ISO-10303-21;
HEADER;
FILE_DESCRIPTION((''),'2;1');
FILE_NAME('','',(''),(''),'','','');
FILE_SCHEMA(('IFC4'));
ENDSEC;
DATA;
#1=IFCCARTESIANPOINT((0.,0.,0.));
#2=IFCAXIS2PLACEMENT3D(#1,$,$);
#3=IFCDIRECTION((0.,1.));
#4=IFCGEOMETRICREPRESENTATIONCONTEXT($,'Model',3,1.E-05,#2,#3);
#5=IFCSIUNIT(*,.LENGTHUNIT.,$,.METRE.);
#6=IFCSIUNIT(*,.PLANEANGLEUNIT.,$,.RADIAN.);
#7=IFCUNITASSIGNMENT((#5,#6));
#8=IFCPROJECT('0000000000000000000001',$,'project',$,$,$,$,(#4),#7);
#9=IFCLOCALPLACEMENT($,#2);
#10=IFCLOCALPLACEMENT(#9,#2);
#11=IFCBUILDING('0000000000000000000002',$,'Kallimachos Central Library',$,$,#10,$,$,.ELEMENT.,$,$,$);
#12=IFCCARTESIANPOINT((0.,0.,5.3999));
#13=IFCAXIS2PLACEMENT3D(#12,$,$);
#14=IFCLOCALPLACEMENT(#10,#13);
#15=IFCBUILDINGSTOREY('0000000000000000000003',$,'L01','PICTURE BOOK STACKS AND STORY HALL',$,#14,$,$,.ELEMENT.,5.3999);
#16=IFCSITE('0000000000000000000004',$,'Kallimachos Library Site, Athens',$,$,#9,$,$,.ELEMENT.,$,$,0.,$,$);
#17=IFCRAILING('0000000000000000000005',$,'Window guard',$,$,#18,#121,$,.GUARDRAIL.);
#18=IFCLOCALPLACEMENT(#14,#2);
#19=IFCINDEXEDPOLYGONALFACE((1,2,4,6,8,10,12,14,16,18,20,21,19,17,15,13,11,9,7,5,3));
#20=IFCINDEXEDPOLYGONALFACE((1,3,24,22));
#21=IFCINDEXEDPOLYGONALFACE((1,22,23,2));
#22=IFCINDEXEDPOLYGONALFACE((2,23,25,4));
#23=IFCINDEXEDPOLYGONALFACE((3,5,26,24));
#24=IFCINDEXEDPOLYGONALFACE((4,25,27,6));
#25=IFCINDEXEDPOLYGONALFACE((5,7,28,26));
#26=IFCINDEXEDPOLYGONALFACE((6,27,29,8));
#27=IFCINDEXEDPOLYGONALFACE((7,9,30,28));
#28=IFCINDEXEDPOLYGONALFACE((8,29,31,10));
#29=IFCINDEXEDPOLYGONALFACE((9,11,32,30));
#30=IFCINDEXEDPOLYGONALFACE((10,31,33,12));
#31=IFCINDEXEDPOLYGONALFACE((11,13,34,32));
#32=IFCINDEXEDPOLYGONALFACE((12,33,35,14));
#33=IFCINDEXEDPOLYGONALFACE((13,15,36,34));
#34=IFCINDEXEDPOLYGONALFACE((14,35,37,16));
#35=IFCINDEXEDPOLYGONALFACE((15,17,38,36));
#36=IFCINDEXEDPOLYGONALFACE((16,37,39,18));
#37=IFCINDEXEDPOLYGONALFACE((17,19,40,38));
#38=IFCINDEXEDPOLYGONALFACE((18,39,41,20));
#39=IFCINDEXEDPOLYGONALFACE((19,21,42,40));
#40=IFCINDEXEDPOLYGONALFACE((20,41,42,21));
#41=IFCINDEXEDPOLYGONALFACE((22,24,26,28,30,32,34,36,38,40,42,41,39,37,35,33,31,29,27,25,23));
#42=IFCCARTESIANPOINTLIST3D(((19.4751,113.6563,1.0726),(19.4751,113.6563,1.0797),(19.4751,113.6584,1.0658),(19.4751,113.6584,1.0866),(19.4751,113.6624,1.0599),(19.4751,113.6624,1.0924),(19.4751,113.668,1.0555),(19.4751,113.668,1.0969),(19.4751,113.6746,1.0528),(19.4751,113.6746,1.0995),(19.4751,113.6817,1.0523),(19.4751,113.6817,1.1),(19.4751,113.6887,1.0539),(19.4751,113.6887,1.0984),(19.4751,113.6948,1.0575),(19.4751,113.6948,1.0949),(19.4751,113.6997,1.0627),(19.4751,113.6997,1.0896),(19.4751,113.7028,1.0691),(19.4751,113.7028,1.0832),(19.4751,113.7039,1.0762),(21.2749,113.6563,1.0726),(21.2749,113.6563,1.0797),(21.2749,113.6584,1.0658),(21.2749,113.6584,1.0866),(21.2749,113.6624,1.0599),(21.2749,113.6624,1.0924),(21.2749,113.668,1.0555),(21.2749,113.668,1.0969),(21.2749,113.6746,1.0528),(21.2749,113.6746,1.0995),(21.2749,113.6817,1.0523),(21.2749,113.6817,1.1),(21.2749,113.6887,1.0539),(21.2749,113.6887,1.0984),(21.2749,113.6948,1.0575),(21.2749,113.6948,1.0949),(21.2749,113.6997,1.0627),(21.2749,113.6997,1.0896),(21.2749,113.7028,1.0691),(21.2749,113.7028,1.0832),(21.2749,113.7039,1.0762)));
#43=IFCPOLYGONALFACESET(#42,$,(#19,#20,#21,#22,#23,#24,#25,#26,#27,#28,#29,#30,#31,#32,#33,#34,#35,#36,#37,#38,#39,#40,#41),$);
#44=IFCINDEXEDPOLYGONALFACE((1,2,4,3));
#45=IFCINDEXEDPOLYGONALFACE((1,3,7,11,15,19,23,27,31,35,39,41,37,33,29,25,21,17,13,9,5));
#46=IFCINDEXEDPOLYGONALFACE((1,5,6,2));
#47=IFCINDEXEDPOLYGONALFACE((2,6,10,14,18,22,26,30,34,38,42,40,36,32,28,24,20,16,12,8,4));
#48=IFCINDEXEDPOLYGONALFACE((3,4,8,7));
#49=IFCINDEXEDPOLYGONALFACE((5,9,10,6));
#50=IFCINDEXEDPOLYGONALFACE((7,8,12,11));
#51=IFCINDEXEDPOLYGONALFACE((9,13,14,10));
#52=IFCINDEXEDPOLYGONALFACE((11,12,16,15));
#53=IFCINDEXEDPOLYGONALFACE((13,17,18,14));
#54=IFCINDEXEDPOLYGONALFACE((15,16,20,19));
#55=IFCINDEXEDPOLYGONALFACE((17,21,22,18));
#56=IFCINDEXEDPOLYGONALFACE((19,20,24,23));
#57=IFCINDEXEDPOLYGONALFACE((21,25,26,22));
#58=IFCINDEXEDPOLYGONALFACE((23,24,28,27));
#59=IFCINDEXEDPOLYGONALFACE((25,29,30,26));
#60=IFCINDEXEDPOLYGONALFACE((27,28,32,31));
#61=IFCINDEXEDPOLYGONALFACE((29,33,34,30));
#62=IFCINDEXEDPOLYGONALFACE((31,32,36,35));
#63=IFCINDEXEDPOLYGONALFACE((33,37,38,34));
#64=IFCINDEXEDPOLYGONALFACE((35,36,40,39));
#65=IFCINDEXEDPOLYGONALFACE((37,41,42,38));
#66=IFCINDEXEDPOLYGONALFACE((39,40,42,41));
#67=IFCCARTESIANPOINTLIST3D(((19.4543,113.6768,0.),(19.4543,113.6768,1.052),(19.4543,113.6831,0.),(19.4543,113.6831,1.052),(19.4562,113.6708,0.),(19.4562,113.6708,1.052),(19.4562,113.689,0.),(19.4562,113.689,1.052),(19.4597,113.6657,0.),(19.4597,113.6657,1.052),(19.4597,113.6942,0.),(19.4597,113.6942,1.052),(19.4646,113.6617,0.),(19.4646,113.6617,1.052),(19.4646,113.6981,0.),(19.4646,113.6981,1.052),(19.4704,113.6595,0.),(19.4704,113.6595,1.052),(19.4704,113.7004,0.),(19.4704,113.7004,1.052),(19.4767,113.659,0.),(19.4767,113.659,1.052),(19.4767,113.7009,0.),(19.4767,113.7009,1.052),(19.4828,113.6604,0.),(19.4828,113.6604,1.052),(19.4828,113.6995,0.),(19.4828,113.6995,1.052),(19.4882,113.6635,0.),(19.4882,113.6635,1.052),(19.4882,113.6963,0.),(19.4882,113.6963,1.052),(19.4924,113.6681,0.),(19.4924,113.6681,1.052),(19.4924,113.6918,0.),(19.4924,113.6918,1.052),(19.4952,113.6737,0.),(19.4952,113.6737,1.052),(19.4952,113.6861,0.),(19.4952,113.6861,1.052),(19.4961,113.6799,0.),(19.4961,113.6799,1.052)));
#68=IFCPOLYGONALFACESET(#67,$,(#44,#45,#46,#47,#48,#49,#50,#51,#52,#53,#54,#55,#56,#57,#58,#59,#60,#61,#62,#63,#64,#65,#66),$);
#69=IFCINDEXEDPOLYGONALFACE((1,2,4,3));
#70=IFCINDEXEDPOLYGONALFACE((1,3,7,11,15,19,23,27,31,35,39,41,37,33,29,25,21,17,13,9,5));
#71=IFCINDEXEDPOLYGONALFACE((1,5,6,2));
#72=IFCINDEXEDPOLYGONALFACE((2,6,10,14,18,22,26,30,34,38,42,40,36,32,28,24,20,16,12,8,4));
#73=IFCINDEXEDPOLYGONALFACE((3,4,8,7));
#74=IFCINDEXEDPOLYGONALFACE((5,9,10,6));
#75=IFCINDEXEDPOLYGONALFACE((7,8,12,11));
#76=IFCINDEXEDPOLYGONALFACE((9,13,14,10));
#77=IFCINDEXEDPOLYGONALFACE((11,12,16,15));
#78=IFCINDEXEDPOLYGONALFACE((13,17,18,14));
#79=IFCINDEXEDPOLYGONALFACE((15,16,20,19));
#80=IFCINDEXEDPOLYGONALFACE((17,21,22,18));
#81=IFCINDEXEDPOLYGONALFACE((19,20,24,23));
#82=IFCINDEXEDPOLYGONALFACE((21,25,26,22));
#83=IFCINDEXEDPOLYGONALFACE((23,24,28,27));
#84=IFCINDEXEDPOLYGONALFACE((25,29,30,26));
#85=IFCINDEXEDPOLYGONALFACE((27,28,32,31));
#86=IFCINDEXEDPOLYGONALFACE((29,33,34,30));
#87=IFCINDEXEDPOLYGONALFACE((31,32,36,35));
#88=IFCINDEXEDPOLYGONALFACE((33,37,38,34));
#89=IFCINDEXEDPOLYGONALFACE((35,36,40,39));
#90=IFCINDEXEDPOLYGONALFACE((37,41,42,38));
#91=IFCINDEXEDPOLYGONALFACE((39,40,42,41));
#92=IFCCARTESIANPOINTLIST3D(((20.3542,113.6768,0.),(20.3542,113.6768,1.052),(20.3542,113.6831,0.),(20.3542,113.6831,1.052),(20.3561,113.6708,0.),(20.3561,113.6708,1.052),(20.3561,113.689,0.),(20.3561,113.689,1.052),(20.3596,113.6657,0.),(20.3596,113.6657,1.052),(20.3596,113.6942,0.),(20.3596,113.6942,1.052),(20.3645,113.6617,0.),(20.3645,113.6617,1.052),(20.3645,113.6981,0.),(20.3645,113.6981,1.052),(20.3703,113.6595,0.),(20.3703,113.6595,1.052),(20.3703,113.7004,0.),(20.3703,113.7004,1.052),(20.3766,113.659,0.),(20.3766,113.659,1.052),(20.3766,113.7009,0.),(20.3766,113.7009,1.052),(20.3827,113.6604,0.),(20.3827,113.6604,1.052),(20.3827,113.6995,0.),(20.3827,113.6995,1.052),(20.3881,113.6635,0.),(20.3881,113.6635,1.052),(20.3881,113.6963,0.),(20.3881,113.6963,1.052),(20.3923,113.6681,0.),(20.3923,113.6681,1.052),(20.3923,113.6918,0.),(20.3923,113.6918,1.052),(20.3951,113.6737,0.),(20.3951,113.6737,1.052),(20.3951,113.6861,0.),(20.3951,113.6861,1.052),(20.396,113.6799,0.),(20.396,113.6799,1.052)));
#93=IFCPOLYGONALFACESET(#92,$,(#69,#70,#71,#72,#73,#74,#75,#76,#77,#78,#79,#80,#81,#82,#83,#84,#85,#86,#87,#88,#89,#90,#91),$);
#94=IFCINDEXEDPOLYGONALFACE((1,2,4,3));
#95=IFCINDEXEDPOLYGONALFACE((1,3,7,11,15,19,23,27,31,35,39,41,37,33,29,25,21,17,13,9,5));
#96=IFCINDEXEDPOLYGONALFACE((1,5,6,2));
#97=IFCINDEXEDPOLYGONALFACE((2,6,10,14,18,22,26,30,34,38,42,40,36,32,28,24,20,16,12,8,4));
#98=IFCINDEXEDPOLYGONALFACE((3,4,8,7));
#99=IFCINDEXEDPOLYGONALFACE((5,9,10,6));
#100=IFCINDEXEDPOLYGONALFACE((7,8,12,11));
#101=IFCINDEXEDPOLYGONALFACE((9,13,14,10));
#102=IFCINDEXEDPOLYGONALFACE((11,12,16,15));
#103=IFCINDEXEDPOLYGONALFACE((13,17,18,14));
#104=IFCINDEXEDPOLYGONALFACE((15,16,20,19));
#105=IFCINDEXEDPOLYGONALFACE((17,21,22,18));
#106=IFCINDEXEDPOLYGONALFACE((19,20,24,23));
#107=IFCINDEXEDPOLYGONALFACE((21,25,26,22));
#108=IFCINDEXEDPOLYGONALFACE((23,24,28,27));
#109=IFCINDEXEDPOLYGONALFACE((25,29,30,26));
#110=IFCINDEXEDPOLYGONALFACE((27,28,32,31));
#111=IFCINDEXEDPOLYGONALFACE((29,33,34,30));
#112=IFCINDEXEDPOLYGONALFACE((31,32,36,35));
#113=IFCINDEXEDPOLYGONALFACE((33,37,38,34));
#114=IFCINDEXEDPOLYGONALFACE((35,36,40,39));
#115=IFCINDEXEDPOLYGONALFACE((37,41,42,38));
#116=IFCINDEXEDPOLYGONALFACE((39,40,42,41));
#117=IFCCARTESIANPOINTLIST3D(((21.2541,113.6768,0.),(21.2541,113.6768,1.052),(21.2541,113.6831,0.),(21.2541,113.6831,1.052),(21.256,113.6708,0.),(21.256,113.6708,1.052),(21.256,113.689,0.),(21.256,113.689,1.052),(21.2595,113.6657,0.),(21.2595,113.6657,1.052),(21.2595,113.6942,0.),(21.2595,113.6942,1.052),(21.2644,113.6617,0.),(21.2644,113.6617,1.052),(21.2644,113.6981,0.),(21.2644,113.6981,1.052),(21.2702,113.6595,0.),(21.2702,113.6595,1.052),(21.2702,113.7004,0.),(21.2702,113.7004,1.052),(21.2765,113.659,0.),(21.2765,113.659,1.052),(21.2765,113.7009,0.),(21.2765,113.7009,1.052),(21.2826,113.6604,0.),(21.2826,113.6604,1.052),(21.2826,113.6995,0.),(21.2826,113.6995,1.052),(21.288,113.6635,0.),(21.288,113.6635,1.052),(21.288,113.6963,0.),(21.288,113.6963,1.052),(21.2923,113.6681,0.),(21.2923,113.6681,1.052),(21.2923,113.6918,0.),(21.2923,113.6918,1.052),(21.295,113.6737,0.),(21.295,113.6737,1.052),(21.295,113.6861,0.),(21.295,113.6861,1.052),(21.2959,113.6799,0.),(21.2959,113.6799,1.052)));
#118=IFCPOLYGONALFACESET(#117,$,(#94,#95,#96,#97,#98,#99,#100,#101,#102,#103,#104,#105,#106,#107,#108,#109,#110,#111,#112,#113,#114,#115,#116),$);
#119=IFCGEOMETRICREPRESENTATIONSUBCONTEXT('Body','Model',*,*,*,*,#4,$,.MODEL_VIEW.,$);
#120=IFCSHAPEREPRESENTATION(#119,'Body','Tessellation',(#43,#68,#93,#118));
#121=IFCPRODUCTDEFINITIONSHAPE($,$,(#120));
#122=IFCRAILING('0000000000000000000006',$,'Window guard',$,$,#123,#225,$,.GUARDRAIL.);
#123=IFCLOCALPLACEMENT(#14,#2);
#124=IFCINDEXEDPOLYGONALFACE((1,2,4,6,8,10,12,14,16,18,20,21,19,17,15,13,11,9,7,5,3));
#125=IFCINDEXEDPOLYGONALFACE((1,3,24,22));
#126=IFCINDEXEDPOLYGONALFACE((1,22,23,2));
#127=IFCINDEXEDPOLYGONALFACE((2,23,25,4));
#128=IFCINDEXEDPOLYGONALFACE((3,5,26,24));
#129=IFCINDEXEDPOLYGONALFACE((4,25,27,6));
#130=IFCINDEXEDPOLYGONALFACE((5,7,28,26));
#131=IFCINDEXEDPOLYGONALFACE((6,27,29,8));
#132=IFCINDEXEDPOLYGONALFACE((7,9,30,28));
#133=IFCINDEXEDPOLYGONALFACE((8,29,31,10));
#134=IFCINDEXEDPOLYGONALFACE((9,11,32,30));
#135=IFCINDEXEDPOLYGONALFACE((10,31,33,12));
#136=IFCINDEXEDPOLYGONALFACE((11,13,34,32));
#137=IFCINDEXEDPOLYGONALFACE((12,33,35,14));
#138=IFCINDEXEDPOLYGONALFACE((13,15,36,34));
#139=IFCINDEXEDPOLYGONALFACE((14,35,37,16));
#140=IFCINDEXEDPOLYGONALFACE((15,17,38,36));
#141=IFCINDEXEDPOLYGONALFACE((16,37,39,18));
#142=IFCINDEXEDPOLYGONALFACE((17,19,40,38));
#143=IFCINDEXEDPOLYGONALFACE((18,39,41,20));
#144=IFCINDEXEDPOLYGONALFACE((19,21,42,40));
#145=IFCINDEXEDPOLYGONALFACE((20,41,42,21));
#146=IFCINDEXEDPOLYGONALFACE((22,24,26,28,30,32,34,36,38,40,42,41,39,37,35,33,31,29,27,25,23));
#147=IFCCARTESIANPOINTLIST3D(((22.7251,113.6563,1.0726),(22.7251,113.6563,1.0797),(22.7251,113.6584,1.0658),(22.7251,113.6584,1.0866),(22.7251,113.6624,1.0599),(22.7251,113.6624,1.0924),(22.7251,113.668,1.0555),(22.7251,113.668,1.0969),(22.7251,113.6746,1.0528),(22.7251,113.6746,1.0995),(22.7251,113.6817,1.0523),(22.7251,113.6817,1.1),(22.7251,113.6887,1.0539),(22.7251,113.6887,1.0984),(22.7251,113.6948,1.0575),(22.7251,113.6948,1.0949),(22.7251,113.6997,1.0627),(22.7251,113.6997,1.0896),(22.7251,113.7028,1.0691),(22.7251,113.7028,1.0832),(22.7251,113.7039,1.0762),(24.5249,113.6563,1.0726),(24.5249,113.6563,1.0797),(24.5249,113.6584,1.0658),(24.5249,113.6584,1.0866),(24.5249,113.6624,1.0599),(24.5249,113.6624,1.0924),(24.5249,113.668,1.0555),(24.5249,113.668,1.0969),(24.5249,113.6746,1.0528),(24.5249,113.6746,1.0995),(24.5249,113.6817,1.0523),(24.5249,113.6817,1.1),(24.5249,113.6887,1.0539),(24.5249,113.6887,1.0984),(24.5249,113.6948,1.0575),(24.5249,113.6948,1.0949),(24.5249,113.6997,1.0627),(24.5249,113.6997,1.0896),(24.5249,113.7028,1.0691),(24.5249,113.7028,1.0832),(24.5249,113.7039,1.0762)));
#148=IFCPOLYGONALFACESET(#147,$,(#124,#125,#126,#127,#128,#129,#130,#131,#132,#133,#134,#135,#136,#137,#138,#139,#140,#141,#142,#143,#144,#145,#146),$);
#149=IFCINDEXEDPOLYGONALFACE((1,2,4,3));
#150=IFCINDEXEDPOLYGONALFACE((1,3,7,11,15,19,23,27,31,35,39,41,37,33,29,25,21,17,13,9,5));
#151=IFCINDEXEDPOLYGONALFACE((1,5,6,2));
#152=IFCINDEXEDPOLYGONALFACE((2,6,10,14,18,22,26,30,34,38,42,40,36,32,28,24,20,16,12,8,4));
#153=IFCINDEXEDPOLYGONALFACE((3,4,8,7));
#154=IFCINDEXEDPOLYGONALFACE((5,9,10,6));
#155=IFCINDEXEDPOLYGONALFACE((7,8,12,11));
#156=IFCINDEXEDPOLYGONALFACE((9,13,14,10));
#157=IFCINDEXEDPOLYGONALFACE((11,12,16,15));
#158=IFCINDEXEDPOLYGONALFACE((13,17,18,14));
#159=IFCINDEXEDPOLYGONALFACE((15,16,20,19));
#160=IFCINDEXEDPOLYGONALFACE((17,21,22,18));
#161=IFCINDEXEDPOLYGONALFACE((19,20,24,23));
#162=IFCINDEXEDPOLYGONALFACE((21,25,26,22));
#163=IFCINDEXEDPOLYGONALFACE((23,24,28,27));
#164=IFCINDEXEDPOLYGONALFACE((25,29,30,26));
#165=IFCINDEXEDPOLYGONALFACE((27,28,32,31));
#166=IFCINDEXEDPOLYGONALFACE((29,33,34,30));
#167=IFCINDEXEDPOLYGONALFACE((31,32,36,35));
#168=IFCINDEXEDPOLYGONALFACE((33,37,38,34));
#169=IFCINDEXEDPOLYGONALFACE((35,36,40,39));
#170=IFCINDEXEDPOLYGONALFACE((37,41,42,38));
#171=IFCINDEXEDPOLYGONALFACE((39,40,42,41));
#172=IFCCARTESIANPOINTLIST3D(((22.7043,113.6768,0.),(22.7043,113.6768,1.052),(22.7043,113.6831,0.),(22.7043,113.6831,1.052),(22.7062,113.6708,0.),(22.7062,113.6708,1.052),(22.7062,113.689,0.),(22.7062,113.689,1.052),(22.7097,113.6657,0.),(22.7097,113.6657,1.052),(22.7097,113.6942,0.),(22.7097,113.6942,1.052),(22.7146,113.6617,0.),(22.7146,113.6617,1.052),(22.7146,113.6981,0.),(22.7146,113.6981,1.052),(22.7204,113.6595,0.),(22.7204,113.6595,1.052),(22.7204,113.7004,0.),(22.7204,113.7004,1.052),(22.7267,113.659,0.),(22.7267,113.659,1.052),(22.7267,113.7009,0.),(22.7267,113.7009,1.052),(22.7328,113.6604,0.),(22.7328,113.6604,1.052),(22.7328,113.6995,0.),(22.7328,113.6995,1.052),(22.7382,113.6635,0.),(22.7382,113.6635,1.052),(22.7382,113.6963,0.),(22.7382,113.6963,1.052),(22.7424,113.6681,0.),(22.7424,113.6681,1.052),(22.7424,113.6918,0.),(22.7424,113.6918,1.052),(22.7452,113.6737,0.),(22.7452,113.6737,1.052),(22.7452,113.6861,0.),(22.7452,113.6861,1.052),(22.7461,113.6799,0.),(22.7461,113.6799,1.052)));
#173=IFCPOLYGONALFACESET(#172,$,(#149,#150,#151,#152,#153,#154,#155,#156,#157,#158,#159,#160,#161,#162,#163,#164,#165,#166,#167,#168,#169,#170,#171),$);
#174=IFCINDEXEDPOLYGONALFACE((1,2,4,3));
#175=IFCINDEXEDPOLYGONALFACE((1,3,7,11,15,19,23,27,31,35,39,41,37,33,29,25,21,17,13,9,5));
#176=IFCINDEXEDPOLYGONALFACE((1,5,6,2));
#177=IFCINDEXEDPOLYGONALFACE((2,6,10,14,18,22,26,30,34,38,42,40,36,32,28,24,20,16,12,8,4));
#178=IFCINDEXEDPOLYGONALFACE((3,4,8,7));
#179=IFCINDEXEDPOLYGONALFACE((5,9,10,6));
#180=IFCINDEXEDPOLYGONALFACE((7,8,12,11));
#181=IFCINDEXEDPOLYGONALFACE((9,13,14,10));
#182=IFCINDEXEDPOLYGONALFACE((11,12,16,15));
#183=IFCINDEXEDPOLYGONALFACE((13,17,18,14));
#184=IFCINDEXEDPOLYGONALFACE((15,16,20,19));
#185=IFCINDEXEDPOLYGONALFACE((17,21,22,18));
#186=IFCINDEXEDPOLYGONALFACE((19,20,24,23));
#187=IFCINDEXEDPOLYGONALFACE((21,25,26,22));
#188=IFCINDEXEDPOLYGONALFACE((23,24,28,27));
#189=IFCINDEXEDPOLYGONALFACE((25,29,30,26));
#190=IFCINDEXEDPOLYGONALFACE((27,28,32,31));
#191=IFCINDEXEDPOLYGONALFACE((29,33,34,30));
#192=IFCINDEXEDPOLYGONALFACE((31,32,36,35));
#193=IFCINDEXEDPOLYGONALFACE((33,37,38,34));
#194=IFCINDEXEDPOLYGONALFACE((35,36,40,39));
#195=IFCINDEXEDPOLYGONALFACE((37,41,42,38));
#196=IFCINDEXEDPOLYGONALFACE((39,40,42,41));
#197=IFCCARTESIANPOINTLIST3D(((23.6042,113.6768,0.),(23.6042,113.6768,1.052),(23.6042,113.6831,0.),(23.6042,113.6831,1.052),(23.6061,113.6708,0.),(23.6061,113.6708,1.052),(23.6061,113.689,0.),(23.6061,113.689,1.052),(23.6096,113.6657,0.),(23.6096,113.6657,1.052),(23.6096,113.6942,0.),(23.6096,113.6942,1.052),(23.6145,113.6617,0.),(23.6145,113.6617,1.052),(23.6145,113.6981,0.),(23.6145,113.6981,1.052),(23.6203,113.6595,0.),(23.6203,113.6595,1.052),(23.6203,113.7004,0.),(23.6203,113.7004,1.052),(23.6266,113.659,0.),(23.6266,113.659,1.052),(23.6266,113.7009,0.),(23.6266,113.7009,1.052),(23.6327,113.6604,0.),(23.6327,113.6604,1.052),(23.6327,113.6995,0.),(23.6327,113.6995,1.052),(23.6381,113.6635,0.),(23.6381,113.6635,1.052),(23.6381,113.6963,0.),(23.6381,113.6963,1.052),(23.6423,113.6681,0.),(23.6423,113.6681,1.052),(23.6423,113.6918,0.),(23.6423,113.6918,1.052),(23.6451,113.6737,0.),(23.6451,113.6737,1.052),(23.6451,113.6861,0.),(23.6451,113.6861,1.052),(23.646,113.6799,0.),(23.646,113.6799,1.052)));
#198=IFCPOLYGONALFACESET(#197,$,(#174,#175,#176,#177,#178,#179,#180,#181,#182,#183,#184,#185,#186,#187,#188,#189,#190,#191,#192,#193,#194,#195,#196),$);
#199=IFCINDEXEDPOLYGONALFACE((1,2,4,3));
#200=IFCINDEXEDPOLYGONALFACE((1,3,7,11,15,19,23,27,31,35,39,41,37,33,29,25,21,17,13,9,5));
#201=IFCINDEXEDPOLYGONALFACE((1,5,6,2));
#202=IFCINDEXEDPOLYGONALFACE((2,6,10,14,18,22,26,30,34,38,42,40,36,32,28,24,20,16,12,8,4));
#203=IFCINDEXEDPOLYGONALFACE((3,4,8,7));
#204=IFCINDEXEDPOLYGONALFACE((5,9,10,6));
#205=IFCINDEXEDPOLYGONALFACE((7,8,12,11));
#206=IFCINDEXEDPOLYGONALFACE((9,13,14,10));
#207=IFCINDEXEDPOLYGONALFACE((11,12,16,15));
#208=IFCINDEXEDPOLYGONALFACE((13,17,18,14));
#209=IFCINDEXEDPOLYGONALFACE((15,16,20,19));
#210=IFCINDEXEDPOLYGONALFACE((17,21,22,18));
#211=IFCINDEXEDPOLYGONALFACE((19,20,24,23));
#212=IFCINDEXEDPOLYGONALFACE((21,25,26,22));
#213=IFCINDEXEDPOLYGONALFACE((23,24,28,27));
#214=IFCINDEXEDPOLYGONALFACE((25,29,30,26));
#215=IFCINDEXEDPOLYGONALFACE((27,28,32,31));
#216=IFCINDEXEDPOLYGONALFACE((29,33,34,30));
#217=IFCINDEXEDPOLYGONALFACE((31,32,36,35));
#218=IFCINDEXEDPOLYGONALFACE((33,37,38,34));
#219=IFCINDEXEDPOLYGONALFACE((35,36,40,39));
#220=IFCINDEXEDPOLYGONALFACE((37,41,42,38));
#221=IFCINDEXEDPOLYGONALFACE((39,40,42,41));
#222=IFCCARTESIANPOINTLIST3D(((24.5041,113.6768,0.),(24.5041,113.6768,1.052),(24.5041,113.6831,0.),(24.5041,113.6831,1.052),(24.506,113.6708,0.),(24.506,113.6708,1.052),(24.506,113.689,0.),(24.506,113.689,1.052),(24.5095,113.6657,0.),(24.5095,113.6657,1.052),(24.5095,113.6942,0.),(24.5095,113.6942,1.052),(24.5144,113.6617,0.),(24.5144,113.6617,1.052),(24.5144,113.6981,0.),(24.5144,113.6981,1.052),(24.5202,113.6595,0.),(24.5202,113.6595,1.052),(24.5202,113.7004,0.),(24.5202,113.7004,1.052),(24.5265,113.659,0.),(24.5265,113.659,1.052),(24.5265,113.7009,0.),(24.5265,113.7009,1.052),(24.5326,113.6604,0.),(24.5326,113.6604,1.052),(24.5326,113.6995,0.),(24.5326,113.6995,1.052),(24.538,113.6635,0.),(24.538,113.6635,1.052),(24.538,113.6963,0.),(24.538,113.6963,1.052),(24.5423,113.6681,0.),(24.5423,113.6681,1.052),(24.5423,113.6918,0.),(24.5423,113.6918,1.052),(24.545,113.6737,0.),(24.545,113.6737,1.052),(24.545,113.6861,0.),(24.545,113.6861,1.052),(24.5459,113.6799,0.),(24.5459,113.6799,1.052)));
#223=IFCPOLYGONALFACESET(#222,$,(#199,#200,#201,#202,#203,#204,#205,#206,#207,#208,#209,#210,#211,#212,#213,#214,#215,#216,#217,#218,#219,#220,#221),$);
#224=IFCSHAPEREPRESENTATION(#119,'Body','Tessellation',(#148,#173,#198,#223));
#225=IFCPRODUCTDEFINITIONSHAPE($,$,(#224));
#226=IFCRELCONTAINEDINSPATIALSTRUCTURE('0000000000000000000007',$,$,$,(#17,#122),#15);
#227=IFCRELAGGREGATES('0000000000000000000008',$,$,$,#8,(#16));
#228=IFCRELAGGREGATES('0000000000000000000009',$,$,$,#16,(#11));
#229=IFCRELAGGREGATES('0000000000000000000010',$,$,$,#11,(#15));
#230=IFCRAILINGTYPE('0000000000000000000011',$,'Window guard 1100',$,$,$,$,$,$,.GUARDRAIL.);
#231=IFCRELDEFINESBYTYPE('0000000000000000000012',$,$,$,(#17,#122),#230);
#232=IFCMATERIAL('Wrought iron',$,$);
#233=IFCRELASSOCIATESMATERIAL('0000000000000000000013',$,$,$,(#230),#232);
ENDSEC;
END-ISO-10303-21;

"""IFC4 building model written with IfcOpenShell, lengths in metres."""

from ifc_helpers import new_model, si_unit, direction, frame, origin, origin_2d, place, context, subcontext, project, spatial, circle, extrude, material, type_object, element, save


model = new_model("IFC4")

# Units and contexts
model_context = context("Model", 3, precision=1e-05, world=origin(), true_north=direction((0.0, 1.0)))
body_context = subcontext(model_context, "Body", "Model", "MODEL_VIEW")
ifc_project = project(units=[si_unit("LENGTHUNIT", "METRE"), si_unit("PLANEANGLEUNIT", "RADIAN")], contexts=[model_context])

# Site, building, storey
site_placement = place(None, origin())
site = spatial("IfcSite", under=ifc_project, at=site_placement, Name="Kallimachos Library Site, Athens", CompositionType="ELEMENT", RefElevation=0.0)
building_placement = place(site_placement, origin())
building = spatial("IfcBuilding", under=site, at=building_placement, Name="Kallimachos Central Library", CompositionType="ELEMENT")
storey_placement = place(building_placement, frame((0.0, 0.0, 5.3999)))
storey = spatial("IfcBuildingStorey", under=building, at=storey_placement, Name="L01", Description="PICTURE BOOK STACKS AND STORY HALL", CompositionType="ELEMENT", Elevation=5.3999)

# Railings
ifc_material_1 = material(Name="Wrought iron")
railing_type = type_object("IfcRailingType", Name="Window guard 1100", PredefinedType="GUARDRAIL", material=ifc_material_1)
for number, where, name in (
    (1, (19.4751, 113.6799, 0.0), "Window guard"),
    (2, (22.7251, 113.6799, 0.0), "Window guard"),
):
    element("IfcRailing", number, at=place(storey_placement, frame(where)), inside=storey, type_object=railing_type, Name=name, PredefinedType="GUARDRAIL", context=body_context, shape_type="SweptSolid", body=[
        extrude(circle(Radius=0.0239, at=origin_2d()), frame((0.0, 0.0, 1.0762), z_axis=(1.0, 0.0, 0.0), x_axis=(0.0, 1.0, 0.0)), (0.0, 0.0, 1.0), 1.7998),
        extrude(circle(Radius=0.021, at=origin_2d()), origin(), (0.0, 0.0, 1.0), 1.052),
        extrude(circle(Radius=0.021, at=origin_2d()), frame((0.8999, 0.0, 0.0)), (0.0, 0.0, 1.0), 1.052),
        extrude(circle(Radius=0.021, at=origin_2d()), frame((1.7998, 0.0, 0.0)), (0.0, 0.0, 1.0), 1.052),
    ])

save(model, "model.ifc")
